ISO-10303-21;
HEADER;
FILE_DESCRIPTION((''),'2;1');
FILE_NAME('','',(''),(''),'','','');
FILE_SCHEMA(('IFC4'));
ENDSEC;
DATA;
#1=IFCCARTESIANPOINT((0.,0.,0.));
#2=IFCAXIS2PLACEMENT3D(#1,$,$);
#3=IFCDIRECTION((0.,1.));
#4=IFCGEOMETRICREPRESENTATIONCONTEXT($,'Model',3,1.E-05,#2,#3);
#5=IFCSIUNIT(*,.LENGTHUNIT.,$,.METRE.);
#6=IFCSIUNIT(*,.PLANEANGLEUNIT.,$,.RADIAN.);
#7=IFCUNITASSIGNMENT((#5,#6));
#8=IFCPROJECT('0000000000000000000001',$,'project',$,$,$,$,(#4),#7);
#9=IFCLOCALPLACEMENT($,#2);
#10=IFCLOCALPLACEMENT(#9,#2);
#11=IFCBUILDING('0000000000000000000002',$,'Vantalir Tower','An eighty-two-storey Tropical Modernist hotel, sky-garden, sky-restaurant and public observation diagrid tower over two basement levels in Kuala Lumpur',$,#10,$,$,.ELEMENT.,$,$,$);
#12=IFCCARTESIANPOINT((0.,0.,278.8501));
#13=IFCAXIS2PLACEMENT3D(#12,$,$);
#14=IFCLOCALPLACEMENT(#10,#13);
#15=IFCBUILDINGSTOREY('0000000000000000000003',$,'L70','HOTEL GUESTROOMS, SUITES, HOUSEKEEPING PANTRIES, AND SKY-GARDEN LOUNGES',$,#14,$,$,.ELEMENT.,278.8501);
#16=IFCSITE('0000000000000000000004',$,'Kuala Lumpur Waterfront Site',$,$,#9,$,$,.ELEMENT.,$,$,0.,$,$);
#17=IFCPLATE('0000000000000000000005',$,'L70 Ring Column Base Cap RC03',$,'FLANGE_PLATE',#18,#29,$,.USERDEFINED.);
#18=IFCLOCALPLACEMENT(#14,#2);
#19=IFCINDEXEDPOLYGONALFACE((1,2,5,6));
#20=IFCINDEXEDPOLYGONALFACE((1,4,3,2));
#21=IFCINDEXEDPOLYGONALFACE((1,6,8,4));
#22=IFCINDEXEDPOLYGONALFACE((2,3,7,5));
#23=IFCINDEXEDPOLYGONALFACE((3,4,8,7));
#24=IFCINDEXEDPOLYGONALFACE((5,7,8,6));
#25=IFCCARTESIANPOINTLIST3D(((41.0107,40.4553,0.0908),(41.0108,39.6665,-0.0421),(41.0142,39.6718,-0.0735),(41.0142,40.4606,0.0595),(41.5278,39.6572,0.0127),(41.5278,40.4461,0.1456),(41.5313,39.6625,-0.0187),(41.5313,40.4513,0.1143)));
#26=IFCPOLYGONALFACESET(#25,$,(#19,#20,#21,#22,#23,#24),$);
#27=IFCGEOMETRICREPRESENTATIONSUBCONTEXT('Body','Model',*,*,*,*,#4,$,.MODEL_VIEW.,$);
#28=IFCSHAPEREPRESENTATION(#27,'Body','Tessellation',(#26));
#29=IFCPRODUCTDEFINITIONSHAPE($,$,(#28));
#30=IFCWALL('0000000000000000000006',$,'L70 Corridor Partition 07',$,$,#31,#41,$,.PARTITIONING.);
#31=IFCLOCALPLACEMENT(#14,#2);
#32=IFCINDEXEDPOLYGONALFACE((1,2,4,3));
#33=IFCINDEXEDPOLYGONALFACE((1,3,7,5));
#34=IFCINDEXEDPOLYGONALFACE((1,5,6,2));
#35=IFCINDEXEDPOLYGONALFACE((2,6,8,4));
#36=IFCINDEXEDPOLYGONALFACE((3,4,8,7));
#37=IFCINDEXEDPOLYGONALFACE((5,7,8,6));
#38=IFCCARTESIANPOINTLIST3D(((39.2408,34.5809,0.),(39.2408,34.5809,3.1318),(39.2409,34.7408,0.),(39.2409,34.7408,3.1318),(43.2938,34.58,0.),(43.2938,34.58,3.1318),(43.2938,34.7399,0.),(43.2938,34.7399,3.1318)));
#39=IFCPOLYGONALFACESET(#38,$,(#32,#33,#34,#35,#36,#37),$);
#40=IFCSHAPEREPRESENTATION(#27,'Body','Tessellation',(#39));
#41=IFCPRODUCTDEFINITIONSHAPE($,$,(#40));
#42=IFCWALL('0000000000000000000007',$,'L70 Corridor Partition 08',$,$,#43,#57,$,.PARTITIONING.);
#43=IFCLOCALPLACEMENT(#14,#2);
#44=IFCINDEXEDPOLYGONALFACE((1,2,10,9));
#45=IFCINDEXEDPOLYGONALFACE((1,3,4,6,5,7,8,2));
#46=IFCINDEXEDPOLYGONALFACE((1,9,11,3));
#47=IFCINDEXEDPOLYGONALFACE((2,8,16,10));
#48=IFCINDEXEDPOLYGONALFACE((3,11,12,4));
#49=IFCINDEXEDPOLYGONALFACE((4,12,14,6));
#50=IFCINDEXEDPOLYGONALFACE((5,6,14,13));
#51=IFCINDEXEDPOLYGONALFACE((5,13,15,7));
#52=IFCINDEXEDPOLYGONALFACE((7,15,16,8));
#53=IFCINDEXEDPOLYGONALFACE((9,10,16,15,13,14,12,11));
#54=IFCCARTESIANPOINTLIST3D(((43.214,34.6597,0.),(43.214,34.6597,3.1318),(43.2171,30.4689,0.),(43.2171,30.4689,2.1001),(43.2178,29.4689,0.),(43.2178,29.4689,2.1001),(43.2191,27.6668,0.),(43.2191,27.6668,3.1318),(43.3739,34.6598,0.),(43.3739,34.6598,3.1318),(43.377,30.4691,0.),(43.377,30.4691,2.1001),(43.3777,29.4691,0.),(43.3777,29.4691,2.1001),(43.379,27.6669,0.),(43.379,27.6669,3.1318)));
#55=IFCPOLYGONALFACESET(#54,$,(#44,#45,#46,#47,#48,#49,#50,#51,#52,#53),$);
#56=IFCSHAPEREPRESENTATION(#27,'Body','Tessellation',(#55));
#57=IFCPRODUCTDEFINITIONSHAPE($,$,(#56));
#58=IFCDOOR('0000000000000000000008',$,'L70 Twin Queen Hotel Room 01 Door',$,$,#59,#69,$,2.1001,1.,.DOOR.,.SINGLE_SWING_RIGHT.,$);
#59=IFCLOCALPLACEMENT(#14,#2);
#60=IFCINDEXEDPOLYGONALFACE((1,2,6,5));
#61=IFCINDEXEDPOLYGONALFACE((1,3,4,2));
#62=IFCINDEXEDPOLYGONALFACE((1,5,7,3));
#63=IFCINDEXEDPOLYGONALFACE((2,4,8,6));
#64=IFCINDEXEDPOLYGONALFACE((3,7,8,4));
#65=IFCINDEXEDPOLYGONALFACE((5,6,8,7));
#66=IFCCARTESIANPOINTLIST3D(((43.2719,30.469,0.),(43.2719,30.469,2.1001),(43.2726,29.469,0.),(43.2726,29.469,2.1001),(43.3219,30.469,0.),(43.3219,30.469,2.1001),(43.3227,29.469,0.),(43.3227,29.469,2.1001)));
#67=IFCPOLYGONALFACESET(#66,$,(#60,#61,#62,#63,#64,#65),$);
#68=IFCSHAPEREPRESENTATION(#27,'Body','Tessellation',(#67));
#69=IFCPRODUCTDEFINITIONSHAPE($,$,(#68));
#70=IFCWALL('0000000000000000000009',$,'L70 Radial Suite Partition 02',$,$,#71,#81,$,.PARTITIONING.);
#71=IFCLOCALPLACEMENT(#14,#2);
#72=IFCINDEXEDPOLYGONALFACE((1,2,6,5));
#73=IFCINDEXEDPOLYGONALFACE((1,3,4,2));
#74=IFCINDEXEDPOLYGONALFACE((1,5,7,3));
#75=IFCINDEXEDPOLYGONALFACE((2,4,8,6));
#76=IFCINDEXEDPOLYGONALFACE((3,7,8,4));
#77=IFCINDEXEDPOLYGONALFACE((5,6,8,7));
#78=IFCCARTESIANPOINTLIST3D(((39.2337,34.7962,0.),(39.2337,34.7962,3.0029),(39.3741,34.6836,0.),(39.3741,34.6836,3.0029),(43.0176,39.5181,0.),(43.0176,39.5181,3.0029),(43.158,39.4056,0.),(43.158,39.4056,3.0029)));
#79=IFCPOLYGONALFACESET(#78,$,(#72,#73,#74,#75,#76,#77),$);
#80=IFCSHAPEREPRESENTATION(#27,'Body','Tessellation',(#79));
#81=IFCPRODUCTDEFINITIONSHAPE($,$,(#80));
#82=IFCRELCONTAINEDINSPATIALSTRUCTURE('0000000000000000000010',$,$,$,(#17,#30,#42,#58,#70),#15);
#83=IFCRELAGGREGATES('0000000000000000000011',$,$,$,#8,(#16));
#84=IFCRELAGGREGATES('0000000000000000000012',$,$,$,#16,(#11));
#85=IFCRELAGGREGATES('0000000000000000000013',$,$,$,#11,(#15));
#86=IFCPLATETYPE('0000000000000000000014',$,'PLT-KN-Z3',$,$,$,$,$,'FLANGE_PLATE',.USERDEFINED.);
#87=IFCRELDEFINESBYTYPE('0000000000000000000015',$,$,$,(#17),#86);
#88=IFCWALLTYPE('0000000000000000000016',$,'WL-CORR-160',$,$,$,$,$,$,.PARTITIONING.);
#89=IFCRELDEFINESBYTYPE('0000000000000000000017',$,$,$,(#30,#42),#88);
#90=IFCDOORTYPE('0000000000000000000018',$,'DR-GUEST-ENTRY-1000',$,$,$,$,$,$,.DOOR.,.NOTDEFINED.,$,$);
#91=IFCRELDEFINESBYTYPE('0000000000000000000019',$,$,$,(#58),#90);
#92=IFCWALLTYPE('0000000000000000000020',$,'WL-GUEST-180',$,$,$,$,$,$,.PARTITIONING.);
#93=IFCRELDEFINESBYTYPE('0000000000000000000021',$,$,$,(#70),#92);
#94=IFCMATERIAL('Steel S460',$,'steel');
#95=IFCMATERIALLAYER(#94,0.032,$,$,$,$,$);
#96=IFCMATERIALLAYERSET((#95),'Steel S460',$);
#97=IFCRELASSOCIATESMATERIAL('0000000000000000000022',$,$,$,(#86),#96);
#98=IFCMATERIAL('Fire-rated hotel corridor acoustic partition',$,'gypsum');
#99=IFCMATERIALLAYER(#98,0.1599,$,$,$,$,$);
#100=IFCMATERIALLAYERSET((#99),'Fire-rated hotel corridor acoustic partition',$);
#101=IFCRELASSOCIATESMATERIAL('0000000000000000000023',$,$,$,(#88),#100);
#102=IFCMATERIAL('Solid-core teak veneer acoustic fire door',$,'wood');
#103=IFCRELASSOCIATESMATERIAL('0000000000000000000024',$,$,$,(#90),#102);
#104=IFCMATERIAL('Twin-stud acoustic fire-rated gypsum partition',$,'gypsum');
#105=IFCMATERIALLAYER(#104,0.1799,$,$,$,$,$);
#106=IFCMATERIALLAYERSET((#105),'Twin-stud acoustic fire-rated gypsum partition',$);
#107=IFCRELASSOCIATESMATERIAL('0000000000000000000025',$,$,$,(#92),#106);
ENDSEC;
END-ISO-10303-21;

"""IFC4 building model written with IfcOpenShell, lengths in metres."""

from ifc_helpers import new_model, si_unit, direction, frame, frame_2d, origin, place, context, subcontext, project, spatial, polyline, rectangle, outline, extrude, material, layer, layer_set, type_object, element, fill, save


model = new_model("IFC4")

# Units and contexts
model_context = context("Model", 3, precision=1e-05, world=origin(), true_north=direction((0.0, 1.0)))
body_context = subcontext(model_context, "Body", "Model", "MODEL_VIEW")
ifc_project = project(units=[si_unit("LENGTHUNIT", "METRE"), si_unit("PLANEANGLEUNIT", "RADIAN")], contexts=[model_context])

# Site, building, storey
site_placement = place(None, origin())
site = spatial("IfcSite", under=ifc_project, at=site_placement, Name="Kuala Lumpur Waterfront Site", CompositionType="ELEMENT", RefElevation=0.0)
building_placement = place(site_placement, origin())
building = spatial("IfcBuilding", under=site, at=building_placement, Name="Vantalir Tower", Description="An eighty-two-storey Tropical Modernist hotel, sky-garden, sky-restaurant and public observation diagrid tower over two basement levels in Kuala Lumpur", CompositionType="ELEMENT")
storey_placement = place(building_placement, frame((0.0, 0.0, 278.8501)))
storey = spatial("IfcBuildingStorey", under=building, at=storey_placement, Name="L70", Description="HOTEL GUESTROOMS, SUITES, HOUSEKEEPING PANTRIES, AND SKY-GARDEN LOUNGES", CompositionType="ELEMENT", Elevation=278.8501)

# Shared definitions
ifc_material_1 = material(Name="Steel S460", Category="steel")

# Plate
ifc_layer_1 = layer(ifc_material_1, 0.032)
ifc_layer_set_1 = layer_set([ifc_layer_1], Name="Steel S460")
plate_type_1 = type_object("IfcPlateType", Name="PLT-KN-Z3", ElementType="FLANGE_PLATE", PredefinedType="USERDEFINED", material=ifc_layer_set_1)
plate_1_placement = place(storey_placement, frame((41.0107, 40.4553, 0.0908), z_axis=(-0.106888, -0.165228, 0.980446), x_axis=(0.000016, -0.986096, -0.166179)))
element("IfcPlate", 1, at=plate_1_placement, inside=storey, type_object=plate_type_1, Name="L70 Ring Column Base Cap RC03", ObjectType="FLANGE_PLATE", PredefinedType="USERDEFINED", context=body_context, shape_type="SweptSolid", body=[
    extrude(outline(polyline([(0.0, 0.0), (0.7999, 0.0), (0.8, 0.5201), (0.0, 0.5201), (0.0, 0.0)])), origin(), (0.0, 0.0, -1.0), 0.032),
])

# Wall
ifc_material_2 = material(Name="Fire-rated hotel corridor acoustic partition", Category="gypsum")
ifc_layer_2 = layer(ifc_material_2, 0.1599)
ifc_layer_set_2 = layer_set([ifc_layer_2], Name="Fire-rated hotel corridor acoustic partition")
wall_type_1 = type_object("IfcWallType", Name="WL-CORR-160", PredefinedType="PARTITIONING", material=ifc_layer_set_2)
wall_1_placement = place(storey_placement, frame((39.241, 34.6609, 0.0), z_axis=(0.0, 0.0, 1.0), x_axis=(1.0, -0.000241, 0.0)))
element("IfcWall", 2, at=wall_1_placement, inside=storey, type_object=wall_type_1, Name="L70 Corridor Partition 07", PredefinedType="PARTITIONING", context=body_context, shape_type="SweptSolid", body=[
    extrude(rectangle(XDim=4.053, YDim=0.1599, at=frame_2d((2.0264, 0.0))), origin(), (0.0, 0.0, 1.0), 3.1318),
])

# Wall, opening, door
wall_2_placement = place(storey_placement, frame((43.2939, 34.6599, 0.0), z_axis=(0.0, 0.0, 1.0), x_axis=(0.000733, -1.0, 0.0)))
wall_2 = element("IfcWall", 3, at=wall_2_placement, inside=storey, type_object=wall_type_1, Name="L70 Corridor Partition 08", PredefinedType="PARTITIONING", context=body_context, shape_type="SweptSolid", body=[
    extrude(rectangle(XDim=6.9929, YDim=0.1599, at=frame_2d((3.4966, 0.0))), origin(), (0.0, 0.0, 1.0), 3.1318),
])
opening_placement = place(wall_2_placement, frame((4.1909, 0.0, 0.0)))
opening = element("IfcOpeningElement", 4, at=opening_placement, cuts=wall_2, PredefinedType="OPENING", context=body_context, shape_type="SweptSolid", body=[
    extrude(rectangle(XDim=1.0, YDim=2.1001, at=frame_2d((0.5, 1.05))), frame((0.0, 0.0898, 0.0), z_axis=(0.0, -1.0, 0.0), x_axis=(1.0, 0.0, 0.0)), (0.0, 0.0, 1.0), 0.1799),
])
ifc_material_3 = material(Name="Solid-core teak veneer acoustic fire door", Category="wood")
door_type = type_object("IfcDoorType", Name="DR-GUEST-ENTRY-1000", OperationType="NOTDEFINED", PredefinedType="DOOR", material=ifc_material_3)
door_placement = place(opening_placement, origin())
door = element("IfcDoor", 5, at=door_placement, inside=storey, type_object=door_type, Name="L70 Twin Queen Hotel Room 01 Door", OperationType="SINGLE_SWING_RIGHT", OverallHeight=2.1001, OverallWidth=1.0, PredefinedType="DOOR", context=body_context, shape_type="SweptSolid", body=[
    extrude(rectangle(XDim=1.0, YDim=2.1001, at=frame_2d((0.5, 1.05))), frame((0.0, 0.0249, 0.0), z_axis=(0.0, -1.0, 0.0), x_axis=(1.0, 0.0, 0.0)), (0.0, 0.0, 1.0), 0.05),
])
fill(opening, door)

# Wall
ifc_material_4 = material(Name="Twin-stud acoustic fire-rated gypsum partition", Category="gypsum")
ifc_layer_3 = layer(ifc_material_4, 0.1799)
ifc_layer_set_3 = layer_set([ifc_layer_3], Name="Twin-stud acoustic fire-rated gypsum partition")
wall_type_2 = type_object("IfcWallType", Name="WL-GUEST-180", PredefinedType="PARTITIONING", material=ifc_layer_set_3)
wall_3_placement = place(storey_placement, frame((39.304, 34.74, 0.0), z_axis=(0.0, 0.0, 1.0), x_axis=(0.625339, 0.780353, 0.0)))
element("IfcWall", 6, at=wall_3_placement, inside=storey, type_object=wall_type_2, Name="L70 Radial Suite Partition 02", PredefinedType="PARTITIONING", context=body_context, shape_type="SweptSolid", body=[
    extrude(rectangle(XDim=6.051, YDim=0.1799, at=frame_2d((3.0254, 0.0))), origin(), (0.0, 0.0, 1.0), 3.0029),
])

save(model, "model.ifc")
